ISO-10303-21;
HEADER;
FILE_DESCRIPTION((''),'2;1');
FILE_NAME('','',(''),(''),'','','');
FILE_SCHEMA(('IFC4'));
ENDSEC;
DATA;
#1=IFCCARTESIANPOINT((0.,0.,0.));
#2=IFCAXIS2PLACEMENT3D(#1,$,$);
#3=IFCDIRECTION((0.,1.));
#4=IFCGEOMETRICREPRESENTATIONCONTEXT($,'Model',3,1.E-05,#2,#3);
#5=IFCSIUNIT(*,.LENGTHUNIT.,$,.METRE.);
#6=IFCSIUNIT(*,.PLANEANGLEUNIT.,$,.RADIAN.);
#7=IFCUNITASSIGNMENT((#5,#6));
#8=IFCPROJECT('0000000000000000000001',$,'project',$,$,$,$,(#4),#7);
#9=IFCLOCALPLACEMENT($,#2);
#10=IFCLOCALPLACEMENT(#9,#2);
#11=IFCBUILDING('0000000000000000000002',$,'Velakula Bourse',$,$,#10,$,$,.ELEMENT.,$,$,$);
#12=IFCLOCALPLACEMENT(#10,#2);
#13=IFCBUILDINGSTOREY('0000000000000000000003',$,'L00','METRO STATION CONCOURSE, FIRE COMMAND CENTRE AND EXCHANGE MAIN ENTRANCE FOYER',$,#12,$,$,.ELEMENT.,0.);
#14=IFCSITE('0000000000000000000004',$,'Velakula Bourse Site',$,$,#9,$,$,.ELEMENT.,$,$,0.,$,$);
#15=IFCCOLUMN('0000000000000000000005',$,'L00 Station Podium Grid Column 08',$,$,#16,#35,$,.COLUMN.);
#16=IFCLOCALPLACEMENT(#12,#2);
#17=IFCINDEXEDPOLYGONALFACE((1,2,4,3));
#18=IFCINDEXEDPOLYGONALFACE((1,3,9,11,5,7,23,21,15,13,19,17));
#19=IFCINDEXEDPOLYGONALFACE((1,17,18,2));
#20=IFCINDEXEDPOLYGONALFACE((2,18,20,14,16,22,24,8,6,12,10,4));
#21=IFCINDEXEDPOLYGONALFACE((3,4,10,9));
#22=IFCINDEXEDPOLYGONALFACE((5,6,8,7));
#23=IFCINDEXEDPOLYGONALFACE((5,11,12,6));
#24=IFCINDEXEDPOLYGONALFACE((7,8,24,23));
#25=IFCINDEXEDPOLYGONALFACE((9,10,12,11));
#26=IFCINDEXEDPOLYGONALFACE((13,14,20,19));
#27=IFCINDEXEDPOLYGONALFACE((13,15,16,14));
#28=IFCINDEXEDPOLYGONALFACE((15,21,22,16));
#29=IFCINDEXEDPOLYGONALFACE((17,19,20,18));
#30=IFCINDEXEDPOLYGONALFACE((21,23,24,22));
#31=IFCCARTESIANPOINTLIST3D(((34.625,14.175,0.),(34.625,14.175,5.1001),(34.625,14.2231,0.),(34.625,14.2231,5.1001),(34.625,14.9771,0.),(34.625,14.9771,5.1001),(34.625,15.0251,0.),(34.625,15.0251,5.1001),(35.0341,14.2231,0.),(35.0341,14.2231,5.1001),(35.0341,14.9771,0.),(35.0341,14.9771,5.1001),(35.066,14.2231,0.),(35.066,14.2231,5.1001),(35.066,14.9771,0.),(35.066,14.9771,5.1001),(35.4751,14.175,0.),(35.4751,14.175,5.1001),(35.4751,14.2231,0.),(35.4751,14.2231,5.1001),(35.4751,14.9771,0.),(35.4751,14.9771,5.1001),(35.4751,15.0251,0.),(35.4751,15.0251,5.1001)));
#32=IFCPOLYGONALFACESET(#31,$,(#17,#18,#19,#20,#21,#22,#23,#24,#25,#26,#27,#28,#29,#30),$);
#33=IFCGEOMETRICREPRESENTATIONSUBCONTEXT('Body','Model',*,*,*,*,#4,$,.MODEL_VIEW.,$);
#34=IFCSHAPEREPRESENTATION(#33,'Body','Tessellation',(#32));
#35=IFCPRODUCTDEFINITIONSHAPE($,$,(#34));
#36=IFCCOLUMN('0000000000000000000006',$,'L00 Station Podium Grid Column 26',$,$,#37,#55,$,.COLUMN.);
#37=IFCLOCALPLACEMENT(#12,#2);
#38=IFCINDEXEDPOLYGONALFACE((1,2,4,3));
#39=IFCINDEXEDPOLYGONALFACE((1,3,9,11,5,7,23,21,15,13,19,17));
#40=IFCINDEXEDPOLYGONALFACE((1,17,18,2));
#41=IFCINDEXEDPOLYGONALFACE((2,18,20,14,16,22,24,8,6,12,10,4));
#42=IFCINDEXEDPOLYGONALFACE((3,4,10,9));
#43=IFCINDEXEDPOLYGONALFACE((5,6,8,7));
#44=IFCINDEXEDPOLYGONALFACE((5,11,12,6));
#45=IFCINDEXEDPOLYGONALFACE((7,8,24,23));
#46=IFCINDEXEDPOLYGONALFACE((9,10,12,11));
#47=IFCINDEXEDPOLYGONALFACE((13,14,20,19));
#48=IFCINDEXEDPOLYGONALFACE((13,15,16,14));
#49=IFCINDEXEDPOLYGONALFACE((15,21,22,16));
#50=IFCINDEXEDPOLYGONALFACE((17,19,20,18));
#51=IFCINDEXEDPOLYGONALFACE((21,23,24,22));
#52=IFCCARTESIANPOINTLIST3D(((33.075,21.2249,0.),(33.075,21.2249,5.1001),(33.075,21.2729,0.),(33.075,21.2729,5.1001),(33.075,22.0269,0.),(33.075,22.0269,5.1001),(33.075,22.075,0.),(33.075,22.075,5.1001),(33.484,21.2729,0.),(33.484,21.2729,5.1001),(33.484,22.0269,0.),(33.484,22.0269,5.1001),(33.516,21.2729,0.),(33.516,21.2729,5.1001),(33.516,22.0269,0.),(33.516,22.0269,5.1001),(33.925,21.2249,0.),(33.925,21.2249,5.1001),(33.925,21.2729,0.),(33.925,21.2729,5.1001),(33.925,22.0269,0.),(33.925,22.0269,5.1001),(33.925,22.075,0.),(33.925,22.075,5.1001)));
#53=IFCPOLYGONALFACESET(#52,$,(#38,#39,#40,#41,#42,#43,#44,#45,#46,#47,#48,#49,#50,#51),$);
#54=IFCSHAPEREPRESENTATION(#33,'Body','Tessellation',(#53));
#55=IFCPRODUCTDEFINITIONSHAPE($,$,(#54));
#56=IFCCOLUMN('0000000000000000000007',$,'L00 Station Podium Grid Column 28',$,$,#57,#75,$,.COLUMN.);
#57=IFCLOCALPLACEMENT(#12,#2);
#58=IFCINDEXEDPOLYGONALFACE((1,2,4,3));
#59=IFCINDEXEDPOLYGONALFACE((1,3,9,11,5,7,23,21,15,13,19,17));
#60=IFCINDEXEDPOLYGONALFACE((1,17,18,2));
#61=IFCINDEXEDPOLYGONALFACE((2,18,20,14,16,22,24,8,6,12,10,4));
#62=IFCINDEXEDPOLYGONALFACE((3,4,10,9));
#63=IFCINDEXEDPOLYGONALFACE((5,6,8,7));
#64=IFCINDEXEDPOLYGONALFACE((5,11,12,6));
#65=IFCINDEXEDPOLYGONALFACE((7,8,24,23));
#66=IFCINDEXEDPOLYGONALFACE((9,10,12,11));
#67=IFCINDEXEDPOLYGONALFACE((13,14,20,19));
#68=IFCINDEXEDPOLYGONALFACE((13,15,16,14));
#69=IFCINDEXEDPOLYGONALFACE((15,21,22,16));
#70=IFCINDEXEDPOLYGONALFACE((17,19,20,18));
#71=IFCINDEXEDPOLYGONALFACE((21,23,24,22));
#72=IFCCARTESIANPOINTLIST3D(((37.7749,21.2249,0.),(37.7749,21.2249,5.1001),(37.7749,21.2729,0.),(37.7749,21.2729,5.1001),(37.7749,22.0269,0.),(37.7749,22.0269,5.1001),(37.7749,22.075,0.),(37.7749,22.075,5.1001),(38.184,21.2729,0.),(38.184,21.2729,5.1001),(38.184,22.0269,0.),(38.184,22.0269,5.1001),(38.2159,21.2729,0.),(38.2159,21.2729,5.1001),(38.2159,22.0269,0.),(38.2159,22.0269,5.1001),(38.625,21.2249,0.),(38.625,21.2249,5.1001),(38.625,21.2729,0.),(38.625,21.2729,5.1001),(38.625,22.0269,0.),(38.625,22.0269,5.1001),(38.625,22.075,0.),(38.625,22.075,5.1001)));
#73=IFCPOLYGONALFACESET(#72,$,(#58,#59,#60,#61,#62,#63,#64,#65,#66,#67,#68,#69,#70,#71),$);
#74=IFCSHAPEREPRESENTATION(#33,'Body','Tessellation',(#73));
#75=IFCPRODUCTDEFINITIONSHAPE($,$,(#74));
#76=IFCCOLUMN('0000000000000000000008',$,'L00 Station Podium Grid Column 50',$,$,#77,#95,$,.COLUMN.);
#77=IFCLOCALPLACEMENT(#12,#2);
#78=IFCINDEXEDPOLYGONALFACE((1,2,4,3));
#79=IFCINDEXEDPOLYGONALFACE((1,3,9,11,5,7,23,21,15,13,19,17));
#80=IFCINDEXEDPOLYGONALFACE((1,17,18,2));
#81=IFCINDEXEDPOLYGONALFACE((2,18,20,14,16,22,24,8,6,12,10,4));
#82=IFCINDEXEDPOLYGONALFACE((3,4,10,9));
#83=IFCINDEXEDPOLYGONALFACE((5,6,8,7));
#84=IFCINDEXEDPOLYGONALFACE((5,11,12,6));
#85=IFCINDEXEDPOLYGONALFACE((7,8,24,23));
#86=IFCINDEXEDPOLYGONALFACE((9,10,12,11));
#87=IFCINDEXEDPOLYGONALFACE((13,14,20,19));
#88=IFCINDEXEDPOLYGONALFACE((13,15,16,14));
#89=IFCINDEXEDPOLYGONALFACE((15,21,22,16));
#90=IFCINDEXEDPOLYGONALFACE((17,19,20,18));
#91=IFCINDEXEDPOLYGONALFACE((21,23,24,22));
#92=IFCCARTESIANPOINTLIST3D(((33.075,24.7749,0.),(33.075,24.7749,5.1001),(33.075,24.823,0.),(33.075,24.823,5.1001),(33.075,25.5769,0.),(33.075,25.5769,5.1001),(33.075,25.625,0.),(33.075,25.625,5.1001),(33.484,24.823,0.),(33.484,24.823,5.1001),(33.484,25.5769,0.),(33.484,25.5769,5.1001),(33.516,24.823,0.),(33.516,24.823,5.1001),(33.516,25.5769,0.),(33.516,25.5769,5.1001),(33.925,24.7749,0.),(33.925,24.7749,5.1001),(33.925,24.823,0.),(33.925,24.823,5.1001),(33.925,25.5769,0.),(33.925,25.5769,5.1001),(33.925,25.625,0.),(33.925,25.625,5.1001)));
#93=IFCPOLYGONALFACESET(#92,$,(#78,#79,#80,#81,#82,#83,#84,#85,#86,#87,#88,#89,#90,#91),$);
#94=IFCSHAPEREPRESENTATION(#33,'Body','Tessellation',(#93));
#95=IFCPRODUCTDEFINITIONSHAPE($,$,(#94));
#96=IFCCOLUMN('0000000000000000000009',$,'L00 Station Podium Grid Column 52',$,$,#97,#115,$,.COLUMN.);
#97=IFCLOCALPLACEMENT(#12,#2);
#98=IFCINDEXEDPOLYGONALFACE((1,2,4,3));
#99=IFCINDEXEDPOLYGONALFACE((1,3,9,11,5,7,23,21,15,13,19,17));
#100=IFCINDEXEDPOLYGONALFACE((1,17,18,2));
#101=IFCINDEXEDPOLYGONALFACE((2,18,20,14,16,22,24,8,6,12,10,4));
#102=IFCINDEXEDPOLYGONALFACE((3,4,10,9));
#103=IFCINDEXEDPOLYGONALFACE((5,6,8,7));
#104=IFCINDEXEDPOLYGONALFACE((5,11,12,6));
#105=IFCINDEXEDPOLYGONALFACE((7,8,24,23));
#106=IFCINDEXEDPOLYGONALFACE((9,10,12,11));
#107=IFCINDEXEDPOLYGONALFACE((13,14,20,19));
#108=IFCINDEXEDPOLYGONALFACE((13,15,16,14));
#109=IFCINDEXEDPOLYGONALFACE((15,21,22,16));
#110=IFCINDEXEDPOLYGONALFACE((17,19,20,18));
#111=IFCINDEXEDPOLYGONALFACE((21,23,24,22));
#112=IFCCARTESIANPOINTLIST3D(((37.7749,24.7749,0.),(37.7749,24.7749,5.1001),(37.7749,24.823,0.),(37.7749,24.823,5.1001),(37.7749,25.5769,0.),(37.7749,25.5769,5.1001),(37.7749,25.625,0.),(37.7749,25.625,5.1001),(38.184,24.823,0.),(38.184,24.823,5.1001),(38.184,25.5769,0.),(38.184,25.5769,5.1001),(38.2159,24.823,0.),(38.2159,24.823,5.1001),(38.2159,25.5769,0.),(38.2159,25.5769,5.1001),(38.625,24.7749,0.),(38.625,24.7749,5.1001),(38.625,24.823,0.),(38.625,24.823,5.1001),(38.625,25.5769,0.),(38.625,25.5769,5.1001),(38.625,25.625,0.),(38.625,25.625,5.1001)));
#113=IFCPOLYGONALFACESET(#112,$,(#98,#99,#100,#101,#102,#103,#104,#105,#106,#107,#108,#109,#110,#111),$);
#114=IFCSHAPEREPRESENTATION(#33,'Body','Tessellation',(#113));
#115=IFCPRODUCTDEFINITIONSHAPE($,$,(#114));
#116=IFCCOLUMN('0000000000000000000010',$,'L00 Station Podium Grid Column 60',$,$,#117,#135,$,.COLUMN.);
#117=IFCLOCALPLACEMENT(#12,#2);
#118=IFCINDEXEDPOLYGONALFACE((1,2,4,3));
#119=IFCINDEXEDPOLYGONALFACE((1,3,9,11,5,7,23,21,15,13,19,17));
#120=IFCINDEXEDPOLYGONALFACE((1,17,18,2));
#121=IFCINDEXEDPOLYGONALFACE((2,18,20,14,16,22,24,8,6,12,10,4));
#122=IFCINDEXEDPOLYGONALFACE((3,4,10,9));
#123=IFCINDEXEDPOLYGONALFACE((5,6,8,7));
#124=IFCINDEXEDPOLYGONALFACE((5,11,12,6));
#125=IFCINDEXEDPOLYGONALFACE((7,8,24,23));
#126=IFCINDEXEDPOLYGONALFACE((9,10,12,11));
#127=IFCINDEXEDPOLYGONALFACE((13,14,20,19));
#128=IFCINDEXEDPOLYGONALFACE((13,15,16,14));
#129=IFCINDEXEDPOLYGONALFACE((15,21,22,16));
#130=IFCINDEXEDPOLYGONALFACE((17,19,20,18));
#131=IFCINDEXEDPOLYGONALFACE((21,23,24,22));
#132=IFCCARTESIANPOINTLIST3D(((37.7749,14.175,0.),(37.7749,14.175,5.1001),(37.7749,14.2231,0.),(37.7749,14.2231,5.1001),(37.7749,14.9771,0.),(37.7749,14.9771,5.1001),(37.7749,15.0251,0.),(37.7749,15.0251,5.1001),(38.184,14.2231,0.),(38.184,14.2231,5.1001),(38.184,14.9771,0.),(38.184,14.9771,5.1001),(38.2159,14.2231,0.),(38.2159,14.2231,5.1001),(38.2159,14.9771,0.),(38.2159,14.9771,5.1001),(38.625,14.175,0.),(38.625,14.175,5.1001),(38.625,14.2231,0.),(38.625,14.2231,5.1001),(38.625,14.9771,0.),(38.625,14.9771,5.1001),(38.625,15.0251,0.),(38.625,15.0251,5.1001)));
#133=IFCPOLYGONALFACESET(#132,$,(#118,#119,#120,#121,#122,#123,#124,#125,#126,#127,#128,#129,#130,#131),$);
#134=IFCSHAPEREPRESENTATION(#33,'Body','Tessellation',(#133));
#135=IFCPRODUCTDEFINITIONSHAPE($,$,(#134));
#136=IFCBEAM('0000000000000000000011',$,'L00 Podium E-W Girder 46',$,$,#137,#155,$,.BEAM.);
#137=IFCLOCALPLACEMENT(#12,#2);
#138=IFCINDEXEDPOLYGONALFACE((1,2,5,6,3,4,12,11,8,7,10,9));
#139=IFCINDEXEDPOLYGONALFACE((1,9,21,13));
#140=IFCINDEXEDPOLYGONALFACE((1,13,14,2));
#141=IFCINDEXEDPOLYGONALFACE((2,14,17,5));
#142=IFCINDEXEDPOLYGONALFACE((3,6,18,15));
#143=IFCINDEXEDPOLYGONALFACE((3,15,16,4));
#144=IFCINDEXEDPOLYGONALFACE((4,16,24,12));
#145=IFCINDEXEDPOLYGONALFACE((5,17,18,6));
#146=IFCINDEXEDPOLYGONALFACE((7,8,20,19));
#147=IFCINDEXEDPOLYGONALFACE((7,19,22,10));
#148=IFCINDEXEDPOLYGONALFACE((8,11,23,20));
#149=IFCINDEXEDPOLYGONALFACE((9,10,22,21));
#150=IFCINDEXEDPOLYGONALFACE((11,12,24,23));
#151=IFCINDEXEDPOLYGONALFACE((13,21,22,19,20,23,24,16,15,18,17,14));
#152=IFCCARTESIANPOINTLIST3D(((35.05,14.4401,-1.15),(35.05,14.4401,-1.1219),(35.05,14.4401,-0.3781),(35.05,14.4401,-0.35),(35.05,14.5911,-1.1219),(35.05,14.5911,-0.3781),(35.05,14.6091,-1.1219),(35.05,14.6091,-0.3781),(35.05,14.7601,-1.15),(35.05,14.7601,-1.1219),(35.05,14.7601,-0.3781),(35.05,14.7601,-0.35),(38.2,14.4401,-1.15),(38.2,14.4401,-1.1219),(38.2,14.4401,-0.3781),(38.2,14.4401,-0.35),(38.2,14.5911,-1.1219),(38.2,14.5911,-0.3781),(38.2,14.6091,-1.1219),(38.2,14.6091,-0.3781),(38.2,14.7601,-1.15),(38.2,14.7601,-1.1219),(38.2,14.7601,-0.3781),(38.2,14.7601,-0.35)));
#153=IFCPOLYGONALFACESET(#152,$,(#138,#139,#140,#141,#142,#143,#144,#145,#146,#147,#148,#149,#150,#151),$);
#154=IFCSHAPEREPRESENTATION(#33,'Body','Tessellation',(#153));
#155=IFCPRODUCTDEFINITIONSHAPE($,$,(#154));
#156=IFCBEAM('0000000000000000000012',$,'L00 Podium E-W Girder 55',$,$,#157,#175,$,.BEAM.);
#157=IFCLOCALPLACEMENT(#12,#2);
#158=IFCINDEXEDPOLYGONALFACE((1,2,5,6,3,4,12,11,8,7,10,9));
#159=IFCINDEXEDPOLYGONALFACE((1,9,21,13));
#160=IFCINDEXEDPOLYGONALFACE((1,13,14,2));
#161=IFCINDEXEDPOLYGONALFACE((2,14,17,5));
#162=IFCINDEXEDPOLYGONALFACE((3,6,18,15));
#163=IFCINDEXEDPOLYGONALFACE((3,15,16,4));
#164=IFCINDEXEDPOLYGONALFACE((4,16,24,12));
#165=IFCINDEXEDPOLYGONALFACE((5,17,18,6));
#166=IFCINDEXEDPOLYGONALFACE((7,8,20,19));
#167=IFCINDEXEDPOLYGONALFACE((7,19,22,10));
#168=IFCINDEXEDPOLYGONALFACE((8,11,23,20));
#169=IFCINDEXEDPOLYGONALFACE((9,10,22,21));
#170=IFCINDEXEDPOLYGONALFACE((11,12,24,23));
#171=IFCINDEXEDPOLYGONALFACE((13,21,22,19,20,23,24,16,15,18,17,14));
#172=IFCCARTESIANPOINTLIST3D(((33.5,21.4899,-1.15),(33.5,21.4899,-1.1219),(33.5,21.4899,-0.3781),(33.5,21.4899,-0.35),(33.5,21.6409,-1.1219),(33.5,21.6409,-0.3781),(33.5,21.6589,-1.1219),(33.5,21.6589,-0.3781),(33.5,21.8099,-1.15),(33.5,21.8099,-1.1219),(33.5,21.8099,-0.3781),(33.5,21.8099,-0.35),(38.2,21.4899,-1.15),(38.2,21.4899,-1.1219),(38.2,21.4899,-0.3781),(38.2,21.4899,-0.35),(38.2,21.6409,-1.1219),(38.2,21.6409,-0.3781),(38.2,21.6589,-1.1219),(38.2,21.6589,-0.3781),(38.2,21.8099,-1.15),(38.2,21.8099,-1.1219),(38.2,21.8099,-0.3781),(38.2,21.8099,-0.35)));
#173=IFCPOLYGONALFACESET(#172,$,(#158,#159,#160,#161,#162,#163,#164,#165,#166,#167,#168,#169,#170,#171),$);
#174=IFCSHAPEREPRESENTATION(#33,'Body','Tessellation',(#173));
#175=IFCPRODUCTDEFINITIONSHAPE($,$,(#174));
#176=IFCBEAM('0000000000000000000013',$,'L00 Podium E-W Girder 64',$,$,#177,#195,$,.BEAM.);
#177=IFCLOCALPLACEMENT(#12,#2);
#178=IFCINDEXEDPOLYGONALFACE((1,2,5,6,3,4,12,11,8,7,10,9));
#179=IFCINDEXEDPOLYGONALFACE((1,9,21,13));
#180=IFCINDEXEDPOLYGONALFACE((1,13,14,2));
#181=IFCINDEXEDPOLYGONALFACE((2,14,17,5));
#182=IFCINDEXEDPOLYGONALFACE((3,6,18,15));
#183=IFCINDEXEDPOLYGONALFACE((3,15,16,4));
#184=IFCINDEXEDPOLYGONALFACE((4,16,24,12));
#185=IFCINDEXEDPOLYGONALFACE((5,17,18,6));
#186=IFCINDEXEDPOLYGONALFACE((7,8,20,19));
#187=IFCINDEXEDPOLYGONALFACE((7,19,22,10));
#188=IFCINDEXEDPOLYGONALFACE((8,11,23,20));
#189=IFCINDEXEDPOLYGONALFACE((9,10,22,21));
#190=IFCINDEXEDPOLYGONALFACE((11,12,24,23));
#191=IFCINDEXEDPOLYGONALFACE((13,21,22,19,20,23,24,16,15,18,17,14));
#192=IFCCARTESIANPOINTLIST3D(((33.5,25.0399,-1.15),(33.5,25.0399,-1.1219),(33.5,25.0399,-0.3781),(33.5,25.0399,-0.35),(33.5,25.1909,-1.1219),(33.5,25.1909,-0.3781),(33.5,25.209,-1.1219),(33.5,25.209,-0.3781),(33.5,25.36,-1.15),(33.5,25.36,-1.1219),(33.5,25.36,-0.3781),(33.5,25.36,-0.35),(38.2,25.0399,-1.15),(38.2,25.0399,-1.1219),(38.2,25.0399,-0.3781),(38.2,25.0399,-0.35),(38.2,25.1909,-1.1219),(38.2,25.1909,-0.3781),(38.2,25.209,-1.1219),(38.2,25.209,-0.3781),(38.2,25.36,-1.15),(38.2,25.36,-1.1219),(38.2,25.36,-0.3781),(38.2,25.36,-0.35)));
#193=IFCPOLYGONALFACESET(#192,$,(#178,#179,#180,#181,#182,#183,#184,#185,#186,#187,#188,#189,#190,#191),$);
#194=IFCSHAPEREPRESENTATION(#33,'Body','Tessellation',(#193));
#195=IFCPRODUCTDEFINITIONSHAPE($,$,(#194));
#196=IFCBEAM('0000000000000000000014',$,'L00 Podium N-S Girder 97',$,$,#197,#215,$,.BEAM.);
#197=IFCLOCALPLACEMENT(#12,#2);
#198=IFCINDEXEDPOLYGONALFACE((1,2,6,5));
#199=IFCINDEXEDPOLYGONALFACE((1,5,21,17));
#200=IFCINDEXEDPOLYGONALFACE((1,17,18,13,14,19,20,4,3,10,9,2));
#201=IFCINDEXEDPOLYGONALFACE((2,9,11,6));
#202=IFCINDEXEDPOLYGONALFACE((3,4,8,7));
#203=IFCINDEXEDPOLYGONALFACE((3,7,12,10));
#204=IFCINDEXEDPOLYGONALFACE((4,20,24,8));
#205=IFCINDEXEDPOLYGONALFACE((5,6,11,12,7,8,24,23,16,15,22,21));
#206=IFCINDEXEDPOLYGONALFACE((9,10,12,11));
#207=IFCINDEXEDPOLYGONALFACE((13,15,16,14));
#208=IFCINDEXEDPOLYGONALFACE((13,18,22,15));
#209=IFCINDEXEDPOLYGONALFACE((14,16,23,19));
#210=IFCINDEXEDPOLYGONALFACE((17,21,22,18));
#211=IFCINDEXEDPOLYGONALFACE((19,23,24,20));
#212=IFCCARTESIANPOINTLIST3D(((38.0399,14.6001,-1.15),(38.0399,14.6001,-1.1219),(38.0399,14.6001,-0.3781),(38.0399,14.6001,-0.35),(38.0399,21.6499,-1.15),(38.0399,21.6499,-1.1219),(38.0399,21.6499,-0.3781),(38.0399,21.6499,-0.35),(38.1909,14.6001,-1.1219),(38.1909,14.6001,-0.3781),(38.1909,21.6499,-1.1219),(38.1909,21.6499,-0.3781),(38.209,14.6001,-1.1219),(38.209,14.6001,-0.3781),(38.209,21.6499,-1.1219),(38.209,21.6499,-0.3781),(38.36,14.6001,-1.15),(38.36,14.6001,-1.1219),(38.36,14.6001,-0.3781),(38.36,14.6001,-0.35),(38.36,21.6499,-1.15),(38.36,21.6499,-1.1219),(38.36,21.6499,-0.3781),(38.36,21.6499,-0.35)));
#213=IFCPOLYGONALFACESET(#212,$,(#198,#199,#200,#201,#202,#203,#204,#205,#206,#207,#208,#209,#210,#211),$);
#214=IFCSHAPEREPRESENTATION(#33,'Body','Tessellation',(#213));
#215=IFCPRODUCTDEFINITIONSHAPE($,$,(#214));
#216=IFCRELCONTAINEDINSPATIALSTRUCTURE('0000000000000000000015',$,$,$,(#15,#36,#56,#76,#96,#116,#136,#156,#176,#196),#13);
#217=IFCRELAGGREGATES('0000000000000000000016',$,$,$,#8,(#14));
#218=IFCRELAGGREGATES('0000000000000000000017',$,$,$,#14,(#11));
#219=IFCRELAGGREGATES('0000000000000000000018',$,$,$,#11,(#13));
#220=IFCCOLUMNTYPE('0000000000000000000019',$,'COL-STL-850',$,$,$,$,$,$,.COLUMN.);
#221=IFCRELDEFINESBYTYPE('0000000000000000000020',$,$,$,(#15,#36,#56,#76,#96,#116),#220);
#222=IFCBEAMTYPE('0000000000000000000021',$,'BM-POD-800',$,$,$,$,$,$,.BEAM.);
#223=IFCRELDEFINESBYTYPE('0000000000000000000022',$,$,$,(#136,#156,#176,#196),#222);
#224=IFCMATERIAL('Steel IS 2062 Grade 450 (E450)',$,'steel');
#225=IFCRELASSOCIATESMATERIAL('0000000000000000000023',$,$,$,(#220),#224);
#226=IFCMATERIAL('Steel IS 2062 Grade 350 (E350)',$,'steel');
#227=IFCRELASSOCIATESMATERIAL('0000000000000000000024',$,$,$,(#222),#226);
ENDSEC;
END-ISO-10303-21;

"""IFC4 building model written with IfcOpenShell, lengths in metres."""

from ifc_helpers import new_model, si_unit, direction, frame, origin, origin_2d, place, context, subcontext, project, spatial, i_section, extrude, material, material_profile, profile_set, type_object, element, save


model = new_model("IFC4")

# Units and contexts
model_context = context("Model", 3, precision=1e-05, world=origin(), true_north=direction((0.0, 1.0)))
body_context = subcontext(model_context, "Body", "Model", "MODEL_VIEW")
ifc_project = project(units=[si_unit("LENGTHUNIT", "METRE"), si_unit("PLANEANGLEUNIT", "RADIAN")], contexts=[model_context])

# Site, building, storey
site_placement = place(None, origin())
site = spatial("IfcSite", under=ifc_project, at=site_placement, Name="Velakula Bourse Site", CompositionType="ELEMENT", RefElevation=0.0)
building_placement = place(site_placement, origin())
building = spatial("IfcBuilding", under=site, at=building_placement, Name="Velakula Bourse", CompositionType="ELEMENT")
storey_placement = place(building_placement, origin())
storey = spatial("IfcBuildingStorey", under=building, at=storey_placement, Name="L00", Description="METRO STATION CONCOURSE, FIRE COMMAND CENTRE AND EXCHANGE MAIN ENTRANCE FOYER", CompositionType="ELEMENT", Elevation=0.0)

# Columns
ifc_material_1 = material(Name="Steel IS 2062 Grade 450 (E450)", Category="steel")
ifc_material_profile_1 = material_profile(ifc_material_1, i_section(OverallWidth=0.8501, OverallDepth=0.8501, WebThickness=0.032, FlangeThickness=0.0481, at=origin_2d()), Name="Steel IS 2062 Grade 450 (E450)")
ifc_profile_set_1 = profile_set([ifc_material_profile_1], Name="Steel IS 2062 Grade 450 (E450)")
column_type = type_object("IfcColumnType", Name="COL-STL-850", PredefinedType="COLUMN", material=ifc_profile_set_1)
for number, where, z_axis, x_axis, name in (
    (1, (35.05, 14.6001, 0.0), (0.0, 0.0, 1.0), (1.0, 0.0, 0.0), "L00 Station Podium Grid Column 08"),
    (2, (33.5, 21.6499, 0.0), (0.0, 0.0, 1.0), (1.0, 0.0, 0.0), "L00 Station Podium Grid Column 26"),
    (3, (38.2, 21.6499, 0.0), (0.0, 0.0, 1.0), (1.0, 0.0, 0.0), "L00 Station Podium Grid Column 28"),
    (4, (33.5, 25.2, 0.0), (0.0, 0.0, 1.0), (1.0, 0.0, 0.0), "L00 Station Podium Grid Column 50"),
    (5, (38.2, 25.2, 0.0), (0.0, 0.0, 1.0), (1.0, 0.0, 0.0), "L00 Station Podium Grid Column 52"),
    (6, (38.2, 14.6001, 0.0), (0.0, 0.0, 1.0), (1.0, 0.0, 0.0), "L00 Station Podium Grid Column 60"),
):
    element("IfcColumn", number, at=place(storey_placement, frame(where, z_axis=z_axis, x_axis=x_axis)), inside=storey, type_object=column_type, Name=name, PredefinedType="COLUMN", context=body_context, shape_type="SweptSolid", body=[
        extrude(i_section(OverallWidth=0.8501, OverallDepth=0.8501, WebThickness=0.032, FlangeThickness=0.0481, at=origin_2d()), origin(), (0.0, 0.0, 1.0), 5.1001),
    ])

# Beams
ifc_material_2 = material(Name="Steel IS 2062 Grade 350 (E350)", Category="steel")
ifc_material_profile_2 = material_profile(ifc_material_2, i_section(OverallWidth=0.3201, OverallDepth=0.8, WebThickness=0.0181, FlangeThickness=0.0281, at=origin_2d()), Name="Steel IS 2062 Grade 350 (E350)")
ifc_profile_set_2 = profile_set([ifc_material_profile_2], Name="Steel IS 2062 Grade 350 (E350)")
beam_type_1 = type_object("IfcBeamType", Name="BM-POD-800", PredefinedType="BEAM", material=ifc_profile_set_2)
beam_1_placement = place(storey_placement, frame((35.05, 14.6001, -0.75), z_axis=(1.0, 0.0, 0.0), x_axis=(0.0, 1.0, 0.0)))
element("IfcBeam", 7, at=beam_1_placement, inside=storey, type_object=beam_type_1, Name="L00 Podium E-W Girder 46", PredefinedType="BEAM", context=body_context, shape_type="SweptSolid", body=[
    extrude(i_section(OverallWidth=0.3201, OverallDepth=0.8, WebThickness=0.0181, FlangeThickness=0.0281, at=origin_2d()), origin(), (0.0, 0.0, 1.0), 3.1499),
])
for number, where, z_axis, x_axis, name in (
    (8, (33.5, 21.6499, -0.75), (1.0, 0.0, 0.0), (0.0, 1.0, 0.0), "L00 Podium E-W Girder 55"),
    (9, (33.5, 25.2, -0.75), (1.0, 0.0, 0.0), (0.0, 1.0, 0.0), "L00 Podium E-W Girder 64"),
):
    element("IfcBeam", number, at=place(storey_placement, frame(where, z_axis=z_axis, x_axis=x_axis)), inside=storey, type_object=beam_type_1, Name=name, PredefinedType="BEAM", context=body_context, shape_type="SweptSolid", body=[
        extrude(i_section(OverallWidth=0.3201, OverallDepth=0.8, WebThickness=0.0181, FlangeThickness=0.0281, at=origin_2d()), origin(), (0.0, 0.0, 1.0), 4.7),
    ])
beam_2_placement = place(storey_placement, frame((38.2, 14.6001, -0.75), z_axis=(0.0, 1.0, 0.0), x_axis=(-1.0, 0.0, 0.0)))
element("IfcBeam", 10, at=beam_2_placement, inside=storey, type_object=beam_type_1, Name="L00 Podium N-S Girder 97", PredefinedType="BEAM", context=body_context, shape_type="SweptSolid", body=[
    extrude(i_section(OverallWidth=0.3201, OverallDepth=0.8, WebThickness=0.0181, FlangeThickness=0.0281, at=origin_2d()), origin(), (0.0, 0.0, 1.0), 7.0498),
])

save(model, "model.ifc")
